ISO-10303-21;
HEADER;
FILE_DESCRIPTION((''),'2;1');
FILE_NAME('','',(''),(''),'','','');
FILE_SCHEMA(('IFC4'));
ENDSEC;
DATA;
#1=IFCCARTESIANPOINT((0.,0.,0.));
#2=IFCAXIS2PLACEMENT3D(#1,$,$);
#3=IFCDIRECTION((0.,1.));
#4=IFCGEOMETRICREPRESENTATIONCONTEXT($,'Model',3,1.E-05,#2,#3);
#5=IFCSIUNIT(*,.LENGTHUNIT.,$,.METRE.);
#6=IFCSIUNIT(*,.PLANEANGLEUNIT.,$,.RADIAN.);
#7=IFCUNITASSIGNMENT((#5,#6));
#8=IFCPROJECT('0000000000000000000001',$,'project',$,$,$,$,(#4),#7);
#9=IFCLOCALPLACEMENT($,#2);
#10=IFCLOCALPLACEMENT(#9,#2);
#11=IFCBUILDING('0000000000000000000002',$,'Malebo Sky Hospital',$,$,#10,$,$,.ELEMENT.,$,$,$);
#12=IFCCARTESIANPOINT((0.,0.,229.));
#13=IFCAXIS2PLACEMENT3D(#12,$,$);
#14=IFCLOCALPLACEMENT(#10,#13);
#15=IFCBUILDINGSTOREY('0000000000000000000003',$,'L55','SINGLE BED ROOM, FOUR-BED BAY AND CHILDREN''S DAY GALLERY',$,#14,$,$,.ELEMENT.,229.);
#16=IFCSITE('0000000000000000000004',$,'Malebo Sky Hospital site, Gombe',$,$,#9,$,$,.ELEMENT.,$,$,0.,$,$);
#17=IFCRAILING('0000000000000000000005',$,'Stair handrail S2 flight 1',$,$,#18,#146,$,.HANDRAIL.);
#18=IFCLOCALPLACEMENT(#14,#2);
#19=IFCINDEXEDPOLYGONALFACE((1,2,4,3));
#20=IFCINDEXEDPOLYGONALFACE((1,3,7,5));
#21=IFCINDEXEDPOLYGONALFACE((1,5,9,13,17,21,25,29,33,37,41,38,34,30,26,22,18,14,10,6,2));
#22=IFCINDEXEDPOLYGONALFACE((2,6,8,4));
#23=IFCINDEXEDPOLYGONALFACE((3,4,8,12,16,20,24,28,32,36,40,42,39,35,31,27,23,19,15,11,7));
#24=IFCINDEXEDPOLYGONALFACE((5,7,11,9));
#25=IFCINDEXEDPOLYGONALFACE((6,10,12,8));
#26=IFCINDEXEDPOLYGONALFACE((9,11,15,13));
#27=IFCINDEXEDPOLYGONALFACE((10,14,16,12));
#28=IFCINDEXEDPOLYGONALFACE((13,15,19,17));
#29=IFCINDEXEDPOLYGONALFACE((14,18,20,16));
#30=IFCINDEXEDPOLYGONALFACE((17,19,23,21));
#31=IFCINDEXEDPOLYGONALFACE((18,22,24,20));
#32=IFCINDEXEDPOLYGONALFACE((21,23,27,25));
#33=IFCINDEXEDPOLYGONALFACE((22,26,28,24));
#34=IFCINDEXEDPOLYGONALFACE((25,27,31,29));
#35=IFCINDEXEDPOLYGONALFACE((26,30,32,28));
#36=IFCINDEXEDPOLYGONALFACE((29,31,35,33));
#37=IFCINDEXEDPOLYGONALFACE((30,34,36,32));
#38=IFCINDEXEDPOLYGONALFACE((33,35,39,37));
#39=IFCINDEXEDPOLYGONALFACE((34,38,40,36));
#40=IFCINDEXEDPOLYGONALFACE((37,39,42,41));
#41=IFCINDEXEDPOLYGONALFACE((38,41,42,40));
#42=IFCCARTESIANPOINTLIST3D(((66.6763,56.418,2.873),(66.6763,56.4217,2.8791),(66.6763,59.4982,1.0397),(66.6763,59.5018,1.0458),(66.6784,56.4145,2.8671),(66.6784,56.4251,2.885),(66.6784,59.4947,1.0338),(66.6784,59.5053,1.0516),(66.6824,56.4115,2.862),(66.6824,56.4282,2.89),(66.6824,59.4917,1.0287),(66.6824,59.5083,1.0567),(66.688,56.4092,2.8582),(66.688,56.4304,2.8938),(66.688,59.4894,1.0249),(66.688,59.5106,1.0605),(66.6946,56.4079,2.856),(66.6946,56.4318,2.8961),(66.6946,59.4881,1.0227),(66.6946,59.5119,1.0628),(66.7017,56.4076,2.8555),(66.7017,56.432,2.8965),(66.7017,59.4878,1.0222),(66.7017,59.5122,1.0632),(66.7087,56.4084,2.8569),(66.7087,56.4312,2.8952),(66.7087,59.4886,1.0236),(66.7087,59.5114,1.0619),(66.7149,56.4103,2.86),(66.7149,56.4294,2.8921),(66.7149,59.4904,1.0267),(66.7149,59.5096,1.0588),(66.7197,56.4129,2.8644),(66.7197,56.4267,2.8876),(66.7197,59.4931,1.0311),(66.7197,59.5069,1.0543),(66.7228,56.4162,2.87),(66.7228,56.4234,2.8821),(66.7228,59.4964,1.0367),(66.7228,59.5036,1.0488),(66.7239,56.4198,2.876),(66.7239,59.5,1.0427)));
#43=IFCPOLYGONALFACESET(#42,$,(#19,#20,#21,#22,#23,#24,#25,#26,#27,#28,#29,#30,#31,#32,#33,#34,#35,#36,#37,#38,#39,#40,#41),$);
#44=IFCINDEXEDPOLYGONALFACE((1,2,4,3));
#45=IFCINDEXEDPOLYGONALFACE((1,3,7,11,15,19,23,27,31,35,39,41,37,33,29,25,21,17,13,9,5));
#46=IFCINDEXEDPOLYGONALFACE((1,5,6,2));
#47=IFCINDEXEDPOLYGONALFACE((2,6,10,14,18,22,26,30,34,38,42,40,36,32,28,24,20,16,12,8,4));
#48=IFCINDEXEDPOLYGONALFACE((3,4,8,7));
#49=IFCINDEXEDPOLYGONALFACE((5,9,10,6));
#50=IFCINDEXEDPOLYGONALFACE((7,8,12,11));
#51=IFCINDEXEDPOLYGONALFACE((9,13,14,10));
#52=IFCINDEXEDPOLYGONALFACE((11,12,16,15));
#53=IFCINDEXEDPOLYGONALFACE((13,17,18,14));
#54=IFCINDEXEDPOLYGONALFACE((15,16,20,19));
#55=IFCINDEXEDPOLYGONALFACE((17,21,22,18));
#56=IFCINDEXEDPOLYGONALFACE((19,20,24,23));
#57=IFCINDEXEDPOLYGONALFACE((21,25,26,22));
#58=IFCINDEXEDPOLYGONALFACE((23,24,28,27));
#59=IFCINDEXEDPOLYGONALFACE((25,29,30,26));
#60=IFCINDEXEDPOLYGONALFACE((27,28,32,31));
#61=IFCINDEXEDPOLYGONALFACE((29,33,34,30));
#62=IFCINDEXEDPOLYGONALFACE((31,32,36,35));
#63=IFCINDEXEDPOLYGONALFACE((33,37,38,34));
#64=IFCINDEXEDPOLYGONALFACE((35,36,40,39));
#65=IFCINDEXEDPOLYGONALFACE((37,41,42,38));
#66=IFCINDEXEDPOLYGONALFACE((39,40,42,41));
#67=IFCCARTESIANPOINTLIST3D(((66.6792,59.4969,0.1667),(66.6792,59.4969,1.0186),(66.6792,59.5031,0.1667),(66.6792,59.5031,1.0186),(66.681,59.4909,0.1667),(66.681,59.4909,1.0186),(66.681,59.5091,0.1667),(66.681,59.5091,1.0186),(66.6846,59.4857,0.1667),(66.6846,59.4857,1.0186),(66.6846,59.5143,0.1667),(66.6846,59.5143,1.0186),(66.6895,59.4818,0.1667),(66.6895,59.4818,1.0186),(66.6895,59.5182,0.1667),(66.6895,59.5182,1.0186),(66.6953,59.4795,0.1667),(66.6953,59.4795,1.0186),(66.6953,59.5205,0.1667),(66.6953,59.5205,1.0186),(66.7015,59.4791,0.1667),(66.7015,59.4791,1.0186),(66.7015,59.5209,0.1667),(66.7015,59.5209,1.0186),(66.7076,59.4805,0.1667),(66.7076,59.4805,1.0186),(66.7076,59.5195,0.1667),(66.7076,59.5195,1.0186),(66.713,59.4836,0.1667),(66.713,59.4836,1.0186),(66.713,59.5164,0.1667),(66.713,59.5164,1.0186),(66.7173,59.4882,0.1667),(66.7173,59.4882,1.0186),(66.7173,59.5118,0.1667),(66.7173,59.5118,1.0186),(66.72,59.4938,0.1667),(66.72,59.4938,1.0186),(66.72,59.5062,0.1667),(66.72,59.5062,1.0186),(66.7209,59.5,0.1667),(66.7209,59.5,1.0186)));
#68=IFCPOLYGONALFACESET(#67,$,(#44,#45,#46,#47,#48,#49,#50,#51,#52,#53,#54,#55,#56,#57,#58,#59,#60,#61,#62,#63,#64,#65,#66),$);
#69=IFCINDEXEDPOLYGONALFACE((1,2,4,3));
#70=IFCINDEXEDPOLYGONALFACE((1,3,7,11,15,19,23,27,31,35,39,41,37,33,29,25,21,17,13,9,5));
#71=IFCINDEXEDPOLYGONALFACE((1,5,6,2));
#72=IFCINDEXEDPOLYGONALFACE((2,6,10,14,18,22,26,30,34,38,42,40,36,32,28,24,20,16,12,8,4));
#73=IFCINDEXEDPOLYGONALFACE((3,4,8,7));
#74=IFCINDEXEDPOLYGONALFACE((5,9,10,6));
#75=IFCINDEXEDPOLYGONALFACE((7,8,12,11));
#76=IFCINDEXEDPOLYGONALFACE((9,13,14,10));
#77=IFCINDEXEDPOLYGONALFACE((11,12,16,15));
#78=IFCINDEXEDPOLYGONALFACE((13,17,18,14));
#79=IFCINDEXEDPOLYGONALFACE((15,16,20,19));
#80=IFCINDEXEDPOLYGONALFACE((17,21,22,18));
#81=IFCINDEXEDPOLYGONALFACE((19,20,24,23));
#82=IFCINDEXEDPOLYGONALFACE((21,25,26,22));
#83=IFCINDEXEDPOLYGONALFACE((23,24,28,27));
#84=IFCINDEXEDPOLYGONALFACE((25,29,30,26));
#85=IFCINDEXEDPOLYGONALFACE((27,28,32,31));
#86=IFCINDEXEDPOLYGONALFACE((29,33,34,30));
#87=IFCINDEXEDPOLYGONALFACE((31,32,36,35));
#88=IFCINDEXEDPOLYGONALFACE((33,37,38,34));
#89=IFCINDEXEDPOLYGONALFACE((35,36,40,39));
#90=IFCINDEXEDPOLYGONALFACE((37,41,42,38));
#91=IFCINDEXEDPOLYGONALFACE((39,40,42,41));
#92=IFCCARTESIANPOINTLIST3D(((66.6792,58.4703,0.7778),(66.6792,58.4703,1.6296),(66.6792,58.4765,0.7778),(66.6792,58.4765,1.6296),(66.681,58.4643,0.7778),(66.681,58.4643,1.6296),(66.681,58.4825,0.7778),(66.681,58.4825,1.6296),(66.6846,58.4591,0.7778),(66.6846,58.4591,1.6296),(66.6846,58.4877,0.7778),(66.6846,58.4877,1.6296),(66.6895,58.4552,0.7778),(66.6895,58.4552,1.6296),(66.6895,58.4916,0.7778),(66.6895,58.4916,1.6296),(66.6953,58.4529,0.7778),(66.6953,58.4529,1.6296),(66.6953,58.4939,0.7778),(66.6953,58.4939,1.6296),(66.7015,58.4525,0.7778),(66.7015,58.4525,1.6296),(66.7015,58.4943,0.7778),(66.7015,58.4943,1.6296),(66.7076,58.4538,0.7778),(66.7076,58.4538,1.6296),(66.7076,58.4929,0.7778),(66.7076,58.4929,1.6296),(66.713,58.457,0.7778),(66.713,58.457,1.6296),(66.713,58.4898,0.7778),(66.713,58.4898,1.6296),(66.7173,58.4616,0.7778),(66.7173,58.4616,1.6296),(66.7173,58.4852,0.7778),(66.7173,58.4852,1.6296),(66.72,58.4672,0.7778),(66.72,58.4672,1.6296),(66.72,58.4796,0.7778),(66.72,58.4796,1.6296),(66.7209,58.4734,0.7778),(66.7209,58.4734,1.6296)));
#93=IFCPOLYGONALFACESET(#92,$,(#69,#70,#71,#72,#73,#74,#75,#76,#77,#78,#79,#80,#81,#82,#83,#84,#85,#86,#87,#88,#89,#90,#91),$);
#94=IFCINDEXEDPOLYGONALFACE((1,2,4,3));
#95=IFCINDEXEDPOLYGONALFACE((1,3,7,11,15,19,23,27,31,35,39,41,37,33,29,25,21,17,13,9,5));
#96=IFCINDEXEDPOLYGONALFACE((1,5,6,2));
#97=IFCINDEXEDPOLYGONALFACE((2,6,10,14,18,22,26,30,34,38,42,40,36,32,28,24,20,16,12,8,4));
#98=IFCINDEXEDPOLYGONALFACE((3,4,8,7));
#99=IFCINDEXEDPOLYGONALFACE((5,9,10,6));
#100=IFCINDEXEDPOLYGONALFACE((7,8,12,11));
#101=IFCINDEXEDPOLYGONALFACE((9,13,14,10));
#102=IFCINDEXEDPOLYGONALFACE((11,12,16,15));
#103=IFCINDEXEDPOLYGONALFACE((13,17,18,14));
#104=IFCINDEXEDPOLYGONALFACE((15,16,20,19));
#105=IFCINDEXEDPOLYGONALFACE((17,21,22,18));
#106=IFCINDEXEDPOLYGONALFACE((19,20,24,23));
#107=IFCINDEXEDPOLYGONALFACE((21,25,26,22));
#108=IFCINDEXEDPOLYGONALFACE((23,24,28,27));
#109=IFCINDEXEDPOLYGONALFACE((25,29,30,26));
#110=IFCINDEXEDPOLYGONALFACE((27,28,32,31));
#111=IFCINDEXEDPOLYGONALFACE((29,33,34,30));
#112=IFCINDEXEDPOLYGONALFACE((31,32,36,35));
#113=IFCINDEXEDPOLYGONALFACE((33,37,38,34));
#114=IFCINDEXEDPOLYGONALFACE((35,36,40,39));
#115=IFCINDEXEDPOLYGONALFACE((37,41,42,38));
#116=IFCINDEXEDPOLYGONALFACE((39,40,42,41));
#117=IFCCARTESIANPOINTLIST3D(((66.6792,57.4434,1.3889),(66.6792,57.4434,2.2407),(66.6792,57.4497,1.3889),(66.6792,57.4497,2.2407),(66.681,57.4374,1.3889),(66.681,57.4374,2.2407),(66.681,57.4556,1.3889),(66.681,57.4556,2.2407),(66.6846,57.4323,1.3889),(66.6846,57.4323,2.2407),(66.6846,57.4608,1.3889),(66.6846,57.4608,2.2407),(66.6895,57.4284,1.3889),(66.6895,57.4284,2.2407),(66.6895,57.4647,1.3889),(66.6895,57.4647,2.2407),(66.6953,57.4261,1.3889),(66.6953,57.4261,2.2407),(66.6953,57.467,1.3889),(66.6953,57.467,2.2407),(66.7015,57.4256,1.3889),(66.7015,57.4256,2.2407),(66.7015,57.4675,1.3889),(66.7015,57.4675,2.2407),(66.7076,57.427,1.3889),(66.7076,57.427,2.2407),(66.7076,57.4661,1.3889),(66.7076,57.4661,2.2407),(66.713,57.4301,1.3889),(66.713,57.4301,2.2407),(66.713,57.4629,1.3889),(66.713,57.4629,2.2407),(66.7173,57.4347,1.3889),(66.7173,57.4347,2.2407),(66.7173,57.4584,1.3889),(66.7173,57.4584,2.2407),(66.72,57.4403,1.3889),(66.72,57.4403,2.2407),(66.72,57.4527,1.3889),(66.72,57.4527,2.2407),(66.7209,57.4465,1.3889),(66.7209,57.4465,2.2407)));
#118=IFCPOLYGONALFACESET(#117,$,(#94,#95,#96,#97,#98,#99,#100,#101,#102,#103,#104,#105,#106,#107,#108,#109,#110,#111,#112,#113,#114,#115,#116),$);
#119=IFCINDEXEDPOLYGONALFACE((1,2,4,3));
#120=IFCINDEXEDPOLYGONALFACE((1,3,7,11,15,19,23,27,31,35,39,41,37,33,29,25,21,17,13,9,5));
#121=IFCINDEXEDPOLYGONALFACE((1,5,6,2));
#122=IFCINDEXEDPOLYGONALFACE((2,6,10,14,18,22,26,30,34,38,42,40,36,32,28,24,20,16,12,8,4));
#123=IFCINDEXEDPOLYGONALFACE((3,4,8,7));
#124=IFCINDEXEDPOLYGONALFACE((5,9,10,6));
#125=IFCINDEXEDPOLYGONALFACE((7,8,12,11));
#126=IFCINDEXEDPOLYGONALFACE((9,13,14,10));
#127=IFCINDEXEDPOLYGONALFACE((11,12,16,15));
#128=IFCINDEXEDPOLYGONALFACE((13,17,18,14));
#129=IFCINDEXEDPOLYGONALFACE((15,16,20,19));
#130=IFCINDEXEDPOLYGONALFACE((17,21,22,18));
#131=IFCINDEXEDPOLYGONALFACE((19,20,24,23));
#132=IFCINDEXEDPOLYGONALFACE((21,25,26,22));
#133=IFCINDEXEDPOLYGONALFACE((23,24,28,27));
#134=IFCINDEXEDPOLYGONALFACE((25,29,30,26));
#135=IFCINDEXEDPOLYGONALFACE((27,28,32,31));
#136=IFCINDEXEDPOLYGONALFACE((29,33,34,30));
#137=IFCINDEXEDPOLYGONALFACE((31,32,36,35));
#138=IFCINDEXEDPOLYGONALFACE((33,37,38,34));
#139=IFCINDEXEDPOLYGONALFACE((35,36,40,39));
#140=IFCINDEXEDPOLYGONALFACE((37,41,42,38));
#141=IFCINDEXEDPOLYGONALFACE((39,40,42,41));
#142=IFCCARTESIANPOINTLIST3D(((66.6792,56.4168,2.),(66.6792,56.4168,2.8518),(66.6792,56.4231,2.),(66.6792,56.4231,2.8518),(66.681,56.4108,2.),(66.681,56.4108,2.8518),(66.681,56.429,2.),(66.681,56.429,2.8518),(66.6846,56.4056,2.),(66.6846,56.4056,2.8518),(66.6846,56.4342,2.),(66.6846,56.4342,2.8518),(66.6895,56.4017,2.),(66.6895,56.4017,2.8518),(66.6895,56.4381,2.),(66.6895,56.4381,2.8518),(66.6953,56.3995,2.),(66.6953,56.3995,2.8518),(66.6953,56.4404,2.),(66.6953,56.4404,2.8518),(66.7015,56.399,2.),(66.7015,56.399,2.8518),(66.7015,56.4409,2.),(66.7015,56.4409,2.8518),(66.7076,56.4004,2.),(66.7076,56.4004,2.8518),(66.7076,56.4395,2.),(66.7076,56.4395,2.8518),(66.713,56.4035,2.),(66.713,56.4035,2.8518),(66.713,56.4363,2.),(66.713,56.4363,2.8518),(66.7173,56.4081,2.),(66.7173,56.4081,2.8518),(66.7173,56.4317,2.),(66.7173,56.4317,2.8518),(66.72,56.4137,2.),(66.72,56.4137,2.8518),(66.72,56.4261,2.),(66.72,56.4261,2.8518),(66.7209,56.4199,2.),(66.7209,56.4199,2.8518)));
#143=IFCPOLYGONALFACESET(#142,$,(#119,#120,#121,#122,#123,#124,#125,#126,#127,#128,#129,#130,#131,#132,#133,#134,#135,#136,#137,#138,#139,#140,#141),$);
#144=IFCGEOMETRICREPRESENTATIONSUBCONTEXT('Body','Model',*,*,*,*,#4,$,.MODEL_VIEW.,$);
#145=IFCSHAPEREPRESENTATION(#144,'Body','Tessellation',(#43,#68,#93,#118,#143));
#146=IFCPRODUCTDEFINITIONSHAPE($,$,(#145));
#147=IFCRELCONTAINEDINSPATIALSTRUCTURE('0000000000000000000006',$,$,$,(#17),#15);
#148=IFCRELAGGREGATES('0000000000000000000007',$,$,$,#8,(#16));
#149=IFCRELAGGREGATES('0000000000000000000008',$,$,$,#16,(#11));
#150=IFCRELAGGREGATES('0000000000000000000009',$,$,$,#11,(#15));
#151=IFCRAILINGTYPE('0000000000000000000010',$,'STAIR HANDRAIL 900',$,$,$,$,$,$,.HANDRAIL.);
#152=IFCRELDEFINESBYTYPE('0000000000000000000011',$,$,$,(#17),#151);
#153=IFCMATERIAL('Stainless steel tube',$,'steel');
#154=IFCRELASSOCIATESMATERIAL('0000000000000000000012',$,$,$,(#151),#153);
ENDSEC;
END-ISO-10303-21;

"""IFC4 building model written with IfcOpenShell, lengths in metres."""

from ifc_helpers import new_model, si_unit, direction, frame, origin, origin_2d, place, context, subcontext, project, spatial, circle, extrude, material, type_object, element, save


model = new_model("IFC4")

# Units and contexts
model_context = context("Model", 3, precision=1e-05, world=origin(), true_north=direction((0.0, 1.0)))
body_context = subcontext(model_context, "Body", "Model", "MODEL_VIEW")
ifc_project = project(units=[si_unit("LENGTHUNIT", "METRE"), si_unit("PLANEANGLEUNIT", "RADIAN")], contexts=[model_context])

# Site, building, storey
site_placement = place(None, origin())
site = spatial("IfcSite", under=ifc_project, at=site_placement, Name="Malebo Sky Hospital site, Gombe", CompositionType="ELEMENT", RefElevation=0.0)
building_placement = place(site_placement, origin())
building = spatial("IfcBuilding", under=site, at=building_placement, Name="Malebo Sky Hospital", CompositionType="ELEMENT")
storey_placement = place(building_placement, frame((0.0, 0.0, 229.0)))
storey = spatial("IfcBuildingStorey", under=building, at=storey_placement, Name="L55", Description="SINGLE BED ROOM, FOUR-BED BAY AND CHILDREN'S DAY GALLERY", CompositionType="ELEMENT", Elevation=229.0)

# Railing
ifc_material_1 = material(Name="Stainless steel tube", Category="steel")
railing_type = type_object("IfcRailingType", Name="STAIR HANDRAIL 900", PredefinedType="HANDRAIL", material=ifc_material_1)
railing_1_placement = place(storey_placement, frame((66.7, 59.5, 0.1667)))
element("IfcRailing", 1, at=railing_1_placement, inside=storey, type_object=railing_type, Name="Stair handrail S2 flight 1", PredefinedType="HANDRAIL", context=body_context, shape_type="SweptSolid", body=[
    extrude(circle(Radius=0.0239, at=origin_2d()), frame((0.0, 0.0, 0.876), z_axis=(0.0, -0.859309, 0.511458), x_axis=(1.0, 0.0, 0.0)), (0.0, 0.0, 1.0), 3.5845),
    extrude(circle(Radius=0.021, at=origin_2d()), origin(), (0.0, 0.0, 1.0), 0.8518),
    extrude(circle(Radius=0.021, at=origin_2d()), frame((0.0, -1.0266, 0.6111)), (0.0, 0.0, 1.0), 0.8518),
    extrude(circle(Radius=0.021, at=origin_2d()), frame((0.0, -2.0535, 1.2222)), (0.0, 0.0, 1.0), 0.8518),
    extrude(circle(Radius=0.021, at=origin_2d()), frame((0.0, -3.0801, 1.8333)), (0.0, 0.0, 1.0), 0.8518),
])

save(model, "model.ifc")
